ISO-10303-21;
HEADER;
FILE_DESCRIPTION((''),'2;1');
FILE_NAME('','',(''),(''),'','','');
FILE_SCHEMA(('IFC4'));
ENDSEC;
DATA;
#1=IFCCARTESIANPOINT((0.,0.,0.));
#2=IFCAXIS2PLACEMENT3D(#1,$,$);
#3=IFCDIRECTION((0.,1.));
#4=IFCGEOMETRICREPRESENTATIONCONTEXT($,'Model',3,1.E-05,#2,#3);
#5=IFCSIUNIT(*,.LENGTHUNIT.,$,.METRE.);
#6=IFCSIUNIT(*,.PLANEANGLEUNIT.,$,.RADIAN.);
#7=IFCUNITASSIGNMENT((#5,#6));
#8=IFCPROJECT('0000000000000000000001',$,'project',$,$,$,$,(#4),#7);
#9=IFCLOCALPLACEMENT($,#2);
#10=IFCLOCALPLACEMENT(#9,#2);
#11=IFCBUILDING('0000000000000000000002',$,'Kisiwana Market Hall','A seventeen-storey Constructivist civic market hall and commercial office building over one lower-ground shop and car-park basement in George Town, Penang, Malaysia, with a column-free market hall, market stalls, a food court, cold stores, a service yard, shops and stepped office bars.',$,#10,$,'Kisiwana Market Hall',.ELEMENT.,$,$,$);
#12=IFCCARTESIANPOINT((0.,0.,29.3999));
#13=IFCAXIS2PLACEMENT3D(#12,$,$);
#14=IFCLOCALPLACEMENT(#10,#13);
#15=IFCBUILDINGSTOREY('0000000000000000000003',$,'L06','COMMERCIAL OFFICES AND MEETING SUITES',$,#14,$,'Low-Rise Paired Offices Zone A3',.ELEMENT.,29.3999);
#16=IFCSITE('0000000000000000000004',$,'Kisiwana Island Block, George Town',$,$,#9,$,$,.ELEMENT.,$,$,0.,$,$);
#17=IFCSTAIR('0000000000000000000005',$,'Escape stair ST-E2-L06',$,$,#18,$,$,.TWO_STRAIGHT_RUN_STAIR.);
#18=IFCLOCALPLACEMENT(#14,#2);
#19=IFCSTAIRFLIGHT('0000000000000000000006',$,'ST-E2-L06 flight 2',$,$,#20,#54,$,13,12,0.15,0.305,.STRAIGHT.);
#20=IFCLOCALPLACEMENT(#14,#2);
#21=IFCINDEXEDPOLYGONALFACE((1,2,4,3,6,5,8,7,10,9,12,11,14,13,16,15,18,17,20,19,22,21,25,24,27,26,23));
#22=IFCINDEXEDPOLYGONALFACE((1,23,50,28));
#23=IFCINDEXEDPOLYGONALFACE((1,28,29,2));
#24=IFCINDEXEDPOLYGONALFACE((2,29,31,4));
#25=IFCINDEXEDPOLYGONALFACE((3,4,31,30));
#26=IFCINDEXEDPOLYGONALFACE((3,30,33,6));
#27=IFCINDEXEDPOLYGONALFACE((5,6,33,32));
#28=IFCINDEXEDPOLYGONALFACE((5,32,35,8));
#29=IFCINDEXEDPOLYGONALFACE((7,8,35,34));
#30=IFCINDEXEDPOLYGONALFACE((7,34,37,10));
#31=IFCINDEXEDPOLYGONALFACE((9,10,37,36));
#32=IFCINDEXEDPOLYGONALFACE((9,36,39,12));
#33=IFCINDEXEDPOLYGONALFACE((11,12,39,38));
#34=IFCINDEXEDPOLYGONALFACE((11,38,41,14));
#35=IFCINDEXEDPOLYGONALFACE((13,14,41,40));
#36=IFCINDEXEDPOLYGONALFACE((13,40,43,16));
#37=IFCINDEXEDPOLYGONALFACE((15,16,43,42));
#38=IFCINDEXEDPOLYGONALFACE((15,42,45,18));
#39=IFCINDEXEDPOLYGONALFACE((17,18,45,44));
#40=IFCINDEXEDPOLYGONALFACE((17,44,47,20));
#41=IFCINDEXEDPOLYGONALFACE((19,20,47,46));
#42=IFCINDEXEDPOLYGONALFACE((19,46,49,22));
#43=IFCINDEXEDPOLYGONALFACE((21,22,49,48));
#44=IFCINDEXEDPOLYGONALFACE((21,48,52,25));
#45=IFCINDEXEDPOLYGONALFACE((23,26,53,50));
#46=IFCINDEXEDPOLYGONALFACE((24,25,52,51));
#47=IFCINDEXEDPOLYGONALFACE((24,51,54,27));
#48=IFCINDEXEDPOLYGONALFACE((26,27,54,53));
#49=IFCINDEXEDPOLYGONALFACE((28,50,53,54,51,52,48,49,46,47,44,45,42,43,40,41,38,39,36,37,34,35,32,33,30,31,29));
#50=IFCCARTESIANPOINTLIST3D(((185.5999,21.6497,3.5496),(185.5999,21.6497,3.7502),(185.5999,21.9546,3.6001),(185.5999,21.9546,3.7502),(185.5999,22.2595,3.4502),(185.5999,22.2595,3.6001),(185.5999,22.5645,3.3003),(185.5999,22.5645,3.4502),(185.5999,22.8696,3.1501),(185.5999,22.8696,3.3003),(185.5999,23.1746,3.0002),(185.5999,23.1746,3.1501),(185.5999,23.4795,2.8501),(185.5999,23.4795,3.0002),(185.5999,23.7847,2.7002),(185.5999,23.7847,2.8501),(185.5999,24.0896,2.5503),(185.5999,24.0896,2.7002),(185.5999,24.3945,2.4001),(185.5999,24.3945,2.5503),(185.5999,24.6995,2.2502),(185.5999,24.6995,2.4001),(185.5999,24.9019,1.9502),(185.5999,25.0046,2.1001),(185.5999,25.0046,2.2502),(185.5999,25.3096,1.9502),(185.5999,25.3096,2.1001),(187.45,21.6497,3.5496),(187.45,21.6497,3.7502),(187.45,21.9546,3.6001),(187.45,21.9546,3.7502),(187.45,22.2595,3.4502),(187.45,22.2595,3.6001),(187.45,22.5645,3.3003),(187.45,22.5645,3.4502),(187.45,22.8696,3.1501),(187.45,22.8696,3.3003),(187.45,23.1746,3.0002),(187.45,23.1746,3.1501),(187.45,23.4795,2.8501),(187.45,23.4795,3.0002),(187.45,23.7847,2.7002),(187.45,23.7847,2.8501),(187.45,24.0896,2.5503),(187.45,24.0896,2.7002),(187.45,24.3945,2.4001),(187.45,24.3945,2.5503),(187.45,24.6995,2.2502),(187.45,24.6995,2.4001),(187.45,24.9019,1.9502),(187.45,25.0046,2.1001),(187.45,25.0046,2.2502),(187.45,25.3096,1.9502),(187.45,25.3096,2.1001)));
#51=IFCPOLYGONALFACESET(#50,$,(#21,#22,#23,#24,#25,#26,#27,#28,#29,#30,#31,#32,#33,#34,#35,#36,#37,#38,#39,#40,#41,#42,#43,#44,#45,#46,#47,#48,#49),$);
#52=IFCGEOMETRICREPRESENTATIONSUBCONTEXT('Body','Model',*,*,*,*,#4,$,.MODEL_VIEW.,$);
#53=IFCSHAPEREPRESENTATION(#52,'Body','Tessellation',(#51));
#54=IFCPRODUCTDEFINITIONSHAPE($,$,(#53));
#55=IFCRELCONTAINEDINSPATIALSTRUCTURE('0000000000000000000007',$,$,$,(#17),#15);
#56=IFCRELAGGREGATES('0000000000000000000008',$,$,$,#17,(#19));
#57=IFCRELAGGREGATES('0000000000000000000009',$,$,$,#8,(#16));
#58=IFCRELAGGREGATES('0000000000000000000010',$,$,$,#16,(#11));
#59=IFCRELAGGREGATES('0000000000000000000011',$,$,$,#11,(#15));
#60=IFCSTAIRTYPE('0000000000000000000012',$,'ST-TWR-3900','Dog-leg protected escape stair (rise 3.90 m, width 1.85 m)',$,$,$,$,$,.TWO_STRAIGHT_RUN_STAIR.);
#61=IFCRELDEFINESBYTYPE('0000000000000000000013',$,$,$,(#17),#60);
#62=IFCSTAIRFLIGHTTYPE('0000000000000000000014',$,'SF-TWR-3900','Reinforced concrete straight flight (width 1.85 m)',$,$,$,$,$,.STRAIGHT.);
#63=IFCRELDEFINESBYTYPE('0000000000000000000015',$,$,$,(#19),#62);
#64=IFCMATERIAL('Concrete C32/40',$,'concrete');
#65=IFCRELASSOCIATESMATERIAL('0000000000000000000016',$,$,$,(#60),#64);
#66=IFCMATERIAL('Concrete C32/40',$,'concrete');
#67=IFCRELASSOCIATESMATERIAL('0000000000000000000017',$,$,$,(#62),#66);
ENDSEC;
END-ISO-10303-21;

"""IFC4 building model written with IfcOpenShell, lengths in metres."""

from ifc_helpers import new_model, si_unit, direction, frame, origin, place, context, subcontext, project, spatial, polyline, outline, extrude, material, type_object, element, aggregate, save


model = new_model("IFC4")

# Units and contexts
model_context = context("Model", 3, precision=1e-05, world=origin(), true_north=direction((0.0, 1.0)))
body_context = subcontext(model_context, "Body", "Model", "MODEL_VIEW")
ifc_project = project(units=[si_unit("LENGTHUNIT", "METRE"), si_unit("PLANEANGLEUNIT", "RADIAN")], contexts=[model_context])

# Site, building, storey
site_placement = place(None, origin())
site = spatial("IfcSite", under=ifc_project, at=site_placement, Name="Kisiwana Island Block, George Town", CompositionType="ELEMENT", RefElevation=0.0)
building_placement = place(site_placement, origin())
building = spatial("IfcBuilding", under=site, at=building_placement, Name="Kisiwana Market Hall", Description="A seventeen-storey Constructivist civic market hall and commercial office building over one lower-ground shop and car-park basement in George Town, Penang, Malaysia, with a column-free market hall, market stalls, a food court, cold stores, a service yard, shops and stepped office bars.", LongName="Kisiwana Market Hall", CompositionType="ELEMENT")
storey_placement = place(building_placement, frame((0.0, 0.0, 29.3999)))
storey = spatial("IfcBuildingStorey", under=building, at=storey_placement, Name="L06", Description="COMMERCIAL OFFICES AND MEETING SUITES", LongName="Low-Rise Paired Offices Zone A3", CompositionType="ELEMENT", Elevation=29.3999)

# Stair, stair flight
ifc_material_1 = material(Name="Concrete C32/40", Category="concrete")
stair_type = type_object("IfcStairType", Name="ST-TWR-3900", Description="Dog-leg protected escape stair (rise 3.90 m, width 1.85 m)", PredefinedType="TWO_STRAIGHT_RUN_STAIR", material=ifc_material_1)
stair_placement = place(storey_placement, origin())
stair = element("IfcStair", 1, at=stair_placement, inside=storey, type_object=stair_type, Name="Escape stair ST-E2-L06", PredefinedType="TWO_STRAIGHT_RUN_STAIR")
ifc_material_2 = material(Name="Concrete C32/40", Category="concrete")
stair_flight_type = type_object("IfcStairFlightType", Name="SF-TWR-3900", Description="Reinforced concrete straight flight (width 1.85 m)", PredefinedType="STRAIGHT", material=ifc_material_2)
stair_flight_1_placement = place(storey_placement, frame((186.5249, 25.3096, 1.9502), z_axis=(0.0, 0.0, 1.0), x_axis=(0.0, -1.0, 0.0)))
stair_flight_1 = element("IfcStairFlight", 2, at=stair_flight_1_placement, type_object=stair_flight_type, Name="ST-E2-L06 flight 2", NumberOfRisers=13, NumberOfTreads=12, PredefinedType="STRAIGHT", RiserHeight=0.15, TreadLength=0.305, context=body_context, shape_type="SweptSolid", body=[
    extrude(outline(polyline([(0.0, 0.0), (0.0, 0.1499), (0.3049, 0.1499), (0.3049, 0.3), (0.6101, 0.3), (0.6101, 0.45), (0.915, 0.45), (0.915, 0.6001), (1.22, 0.6001), (1.22, 0.75), (1.5249, 0.75), (1.5249, 0.8999), (1.8301, 0.8999), (1.8301, 1.05), (2.135, 1.05), (2.135, 1.2), (2.4399, 1.2), (2.4399, 1.3501), (2.7451, 1.3501), (2.7451, 1.5), (3.05, 1.5), (3.05, 1.6499), (3.355, 1.6499), (3.355, 1.8), (3.6599, 1.8), (3.6599, 1.95), (3.6599, 1.5994), (0.4077, 0.0), (0.0, 0.0)])), frame((0.0, 0.925, 0.0), z_axis=(0.0, -1.0, 0.0), x_axis=(1.0, 0.0, 0.0)), (0.0, 0.0, 1.0), 1.8501),
])
aggregate(stair, [stair_flight_1])

save(model, "model.ifc")
